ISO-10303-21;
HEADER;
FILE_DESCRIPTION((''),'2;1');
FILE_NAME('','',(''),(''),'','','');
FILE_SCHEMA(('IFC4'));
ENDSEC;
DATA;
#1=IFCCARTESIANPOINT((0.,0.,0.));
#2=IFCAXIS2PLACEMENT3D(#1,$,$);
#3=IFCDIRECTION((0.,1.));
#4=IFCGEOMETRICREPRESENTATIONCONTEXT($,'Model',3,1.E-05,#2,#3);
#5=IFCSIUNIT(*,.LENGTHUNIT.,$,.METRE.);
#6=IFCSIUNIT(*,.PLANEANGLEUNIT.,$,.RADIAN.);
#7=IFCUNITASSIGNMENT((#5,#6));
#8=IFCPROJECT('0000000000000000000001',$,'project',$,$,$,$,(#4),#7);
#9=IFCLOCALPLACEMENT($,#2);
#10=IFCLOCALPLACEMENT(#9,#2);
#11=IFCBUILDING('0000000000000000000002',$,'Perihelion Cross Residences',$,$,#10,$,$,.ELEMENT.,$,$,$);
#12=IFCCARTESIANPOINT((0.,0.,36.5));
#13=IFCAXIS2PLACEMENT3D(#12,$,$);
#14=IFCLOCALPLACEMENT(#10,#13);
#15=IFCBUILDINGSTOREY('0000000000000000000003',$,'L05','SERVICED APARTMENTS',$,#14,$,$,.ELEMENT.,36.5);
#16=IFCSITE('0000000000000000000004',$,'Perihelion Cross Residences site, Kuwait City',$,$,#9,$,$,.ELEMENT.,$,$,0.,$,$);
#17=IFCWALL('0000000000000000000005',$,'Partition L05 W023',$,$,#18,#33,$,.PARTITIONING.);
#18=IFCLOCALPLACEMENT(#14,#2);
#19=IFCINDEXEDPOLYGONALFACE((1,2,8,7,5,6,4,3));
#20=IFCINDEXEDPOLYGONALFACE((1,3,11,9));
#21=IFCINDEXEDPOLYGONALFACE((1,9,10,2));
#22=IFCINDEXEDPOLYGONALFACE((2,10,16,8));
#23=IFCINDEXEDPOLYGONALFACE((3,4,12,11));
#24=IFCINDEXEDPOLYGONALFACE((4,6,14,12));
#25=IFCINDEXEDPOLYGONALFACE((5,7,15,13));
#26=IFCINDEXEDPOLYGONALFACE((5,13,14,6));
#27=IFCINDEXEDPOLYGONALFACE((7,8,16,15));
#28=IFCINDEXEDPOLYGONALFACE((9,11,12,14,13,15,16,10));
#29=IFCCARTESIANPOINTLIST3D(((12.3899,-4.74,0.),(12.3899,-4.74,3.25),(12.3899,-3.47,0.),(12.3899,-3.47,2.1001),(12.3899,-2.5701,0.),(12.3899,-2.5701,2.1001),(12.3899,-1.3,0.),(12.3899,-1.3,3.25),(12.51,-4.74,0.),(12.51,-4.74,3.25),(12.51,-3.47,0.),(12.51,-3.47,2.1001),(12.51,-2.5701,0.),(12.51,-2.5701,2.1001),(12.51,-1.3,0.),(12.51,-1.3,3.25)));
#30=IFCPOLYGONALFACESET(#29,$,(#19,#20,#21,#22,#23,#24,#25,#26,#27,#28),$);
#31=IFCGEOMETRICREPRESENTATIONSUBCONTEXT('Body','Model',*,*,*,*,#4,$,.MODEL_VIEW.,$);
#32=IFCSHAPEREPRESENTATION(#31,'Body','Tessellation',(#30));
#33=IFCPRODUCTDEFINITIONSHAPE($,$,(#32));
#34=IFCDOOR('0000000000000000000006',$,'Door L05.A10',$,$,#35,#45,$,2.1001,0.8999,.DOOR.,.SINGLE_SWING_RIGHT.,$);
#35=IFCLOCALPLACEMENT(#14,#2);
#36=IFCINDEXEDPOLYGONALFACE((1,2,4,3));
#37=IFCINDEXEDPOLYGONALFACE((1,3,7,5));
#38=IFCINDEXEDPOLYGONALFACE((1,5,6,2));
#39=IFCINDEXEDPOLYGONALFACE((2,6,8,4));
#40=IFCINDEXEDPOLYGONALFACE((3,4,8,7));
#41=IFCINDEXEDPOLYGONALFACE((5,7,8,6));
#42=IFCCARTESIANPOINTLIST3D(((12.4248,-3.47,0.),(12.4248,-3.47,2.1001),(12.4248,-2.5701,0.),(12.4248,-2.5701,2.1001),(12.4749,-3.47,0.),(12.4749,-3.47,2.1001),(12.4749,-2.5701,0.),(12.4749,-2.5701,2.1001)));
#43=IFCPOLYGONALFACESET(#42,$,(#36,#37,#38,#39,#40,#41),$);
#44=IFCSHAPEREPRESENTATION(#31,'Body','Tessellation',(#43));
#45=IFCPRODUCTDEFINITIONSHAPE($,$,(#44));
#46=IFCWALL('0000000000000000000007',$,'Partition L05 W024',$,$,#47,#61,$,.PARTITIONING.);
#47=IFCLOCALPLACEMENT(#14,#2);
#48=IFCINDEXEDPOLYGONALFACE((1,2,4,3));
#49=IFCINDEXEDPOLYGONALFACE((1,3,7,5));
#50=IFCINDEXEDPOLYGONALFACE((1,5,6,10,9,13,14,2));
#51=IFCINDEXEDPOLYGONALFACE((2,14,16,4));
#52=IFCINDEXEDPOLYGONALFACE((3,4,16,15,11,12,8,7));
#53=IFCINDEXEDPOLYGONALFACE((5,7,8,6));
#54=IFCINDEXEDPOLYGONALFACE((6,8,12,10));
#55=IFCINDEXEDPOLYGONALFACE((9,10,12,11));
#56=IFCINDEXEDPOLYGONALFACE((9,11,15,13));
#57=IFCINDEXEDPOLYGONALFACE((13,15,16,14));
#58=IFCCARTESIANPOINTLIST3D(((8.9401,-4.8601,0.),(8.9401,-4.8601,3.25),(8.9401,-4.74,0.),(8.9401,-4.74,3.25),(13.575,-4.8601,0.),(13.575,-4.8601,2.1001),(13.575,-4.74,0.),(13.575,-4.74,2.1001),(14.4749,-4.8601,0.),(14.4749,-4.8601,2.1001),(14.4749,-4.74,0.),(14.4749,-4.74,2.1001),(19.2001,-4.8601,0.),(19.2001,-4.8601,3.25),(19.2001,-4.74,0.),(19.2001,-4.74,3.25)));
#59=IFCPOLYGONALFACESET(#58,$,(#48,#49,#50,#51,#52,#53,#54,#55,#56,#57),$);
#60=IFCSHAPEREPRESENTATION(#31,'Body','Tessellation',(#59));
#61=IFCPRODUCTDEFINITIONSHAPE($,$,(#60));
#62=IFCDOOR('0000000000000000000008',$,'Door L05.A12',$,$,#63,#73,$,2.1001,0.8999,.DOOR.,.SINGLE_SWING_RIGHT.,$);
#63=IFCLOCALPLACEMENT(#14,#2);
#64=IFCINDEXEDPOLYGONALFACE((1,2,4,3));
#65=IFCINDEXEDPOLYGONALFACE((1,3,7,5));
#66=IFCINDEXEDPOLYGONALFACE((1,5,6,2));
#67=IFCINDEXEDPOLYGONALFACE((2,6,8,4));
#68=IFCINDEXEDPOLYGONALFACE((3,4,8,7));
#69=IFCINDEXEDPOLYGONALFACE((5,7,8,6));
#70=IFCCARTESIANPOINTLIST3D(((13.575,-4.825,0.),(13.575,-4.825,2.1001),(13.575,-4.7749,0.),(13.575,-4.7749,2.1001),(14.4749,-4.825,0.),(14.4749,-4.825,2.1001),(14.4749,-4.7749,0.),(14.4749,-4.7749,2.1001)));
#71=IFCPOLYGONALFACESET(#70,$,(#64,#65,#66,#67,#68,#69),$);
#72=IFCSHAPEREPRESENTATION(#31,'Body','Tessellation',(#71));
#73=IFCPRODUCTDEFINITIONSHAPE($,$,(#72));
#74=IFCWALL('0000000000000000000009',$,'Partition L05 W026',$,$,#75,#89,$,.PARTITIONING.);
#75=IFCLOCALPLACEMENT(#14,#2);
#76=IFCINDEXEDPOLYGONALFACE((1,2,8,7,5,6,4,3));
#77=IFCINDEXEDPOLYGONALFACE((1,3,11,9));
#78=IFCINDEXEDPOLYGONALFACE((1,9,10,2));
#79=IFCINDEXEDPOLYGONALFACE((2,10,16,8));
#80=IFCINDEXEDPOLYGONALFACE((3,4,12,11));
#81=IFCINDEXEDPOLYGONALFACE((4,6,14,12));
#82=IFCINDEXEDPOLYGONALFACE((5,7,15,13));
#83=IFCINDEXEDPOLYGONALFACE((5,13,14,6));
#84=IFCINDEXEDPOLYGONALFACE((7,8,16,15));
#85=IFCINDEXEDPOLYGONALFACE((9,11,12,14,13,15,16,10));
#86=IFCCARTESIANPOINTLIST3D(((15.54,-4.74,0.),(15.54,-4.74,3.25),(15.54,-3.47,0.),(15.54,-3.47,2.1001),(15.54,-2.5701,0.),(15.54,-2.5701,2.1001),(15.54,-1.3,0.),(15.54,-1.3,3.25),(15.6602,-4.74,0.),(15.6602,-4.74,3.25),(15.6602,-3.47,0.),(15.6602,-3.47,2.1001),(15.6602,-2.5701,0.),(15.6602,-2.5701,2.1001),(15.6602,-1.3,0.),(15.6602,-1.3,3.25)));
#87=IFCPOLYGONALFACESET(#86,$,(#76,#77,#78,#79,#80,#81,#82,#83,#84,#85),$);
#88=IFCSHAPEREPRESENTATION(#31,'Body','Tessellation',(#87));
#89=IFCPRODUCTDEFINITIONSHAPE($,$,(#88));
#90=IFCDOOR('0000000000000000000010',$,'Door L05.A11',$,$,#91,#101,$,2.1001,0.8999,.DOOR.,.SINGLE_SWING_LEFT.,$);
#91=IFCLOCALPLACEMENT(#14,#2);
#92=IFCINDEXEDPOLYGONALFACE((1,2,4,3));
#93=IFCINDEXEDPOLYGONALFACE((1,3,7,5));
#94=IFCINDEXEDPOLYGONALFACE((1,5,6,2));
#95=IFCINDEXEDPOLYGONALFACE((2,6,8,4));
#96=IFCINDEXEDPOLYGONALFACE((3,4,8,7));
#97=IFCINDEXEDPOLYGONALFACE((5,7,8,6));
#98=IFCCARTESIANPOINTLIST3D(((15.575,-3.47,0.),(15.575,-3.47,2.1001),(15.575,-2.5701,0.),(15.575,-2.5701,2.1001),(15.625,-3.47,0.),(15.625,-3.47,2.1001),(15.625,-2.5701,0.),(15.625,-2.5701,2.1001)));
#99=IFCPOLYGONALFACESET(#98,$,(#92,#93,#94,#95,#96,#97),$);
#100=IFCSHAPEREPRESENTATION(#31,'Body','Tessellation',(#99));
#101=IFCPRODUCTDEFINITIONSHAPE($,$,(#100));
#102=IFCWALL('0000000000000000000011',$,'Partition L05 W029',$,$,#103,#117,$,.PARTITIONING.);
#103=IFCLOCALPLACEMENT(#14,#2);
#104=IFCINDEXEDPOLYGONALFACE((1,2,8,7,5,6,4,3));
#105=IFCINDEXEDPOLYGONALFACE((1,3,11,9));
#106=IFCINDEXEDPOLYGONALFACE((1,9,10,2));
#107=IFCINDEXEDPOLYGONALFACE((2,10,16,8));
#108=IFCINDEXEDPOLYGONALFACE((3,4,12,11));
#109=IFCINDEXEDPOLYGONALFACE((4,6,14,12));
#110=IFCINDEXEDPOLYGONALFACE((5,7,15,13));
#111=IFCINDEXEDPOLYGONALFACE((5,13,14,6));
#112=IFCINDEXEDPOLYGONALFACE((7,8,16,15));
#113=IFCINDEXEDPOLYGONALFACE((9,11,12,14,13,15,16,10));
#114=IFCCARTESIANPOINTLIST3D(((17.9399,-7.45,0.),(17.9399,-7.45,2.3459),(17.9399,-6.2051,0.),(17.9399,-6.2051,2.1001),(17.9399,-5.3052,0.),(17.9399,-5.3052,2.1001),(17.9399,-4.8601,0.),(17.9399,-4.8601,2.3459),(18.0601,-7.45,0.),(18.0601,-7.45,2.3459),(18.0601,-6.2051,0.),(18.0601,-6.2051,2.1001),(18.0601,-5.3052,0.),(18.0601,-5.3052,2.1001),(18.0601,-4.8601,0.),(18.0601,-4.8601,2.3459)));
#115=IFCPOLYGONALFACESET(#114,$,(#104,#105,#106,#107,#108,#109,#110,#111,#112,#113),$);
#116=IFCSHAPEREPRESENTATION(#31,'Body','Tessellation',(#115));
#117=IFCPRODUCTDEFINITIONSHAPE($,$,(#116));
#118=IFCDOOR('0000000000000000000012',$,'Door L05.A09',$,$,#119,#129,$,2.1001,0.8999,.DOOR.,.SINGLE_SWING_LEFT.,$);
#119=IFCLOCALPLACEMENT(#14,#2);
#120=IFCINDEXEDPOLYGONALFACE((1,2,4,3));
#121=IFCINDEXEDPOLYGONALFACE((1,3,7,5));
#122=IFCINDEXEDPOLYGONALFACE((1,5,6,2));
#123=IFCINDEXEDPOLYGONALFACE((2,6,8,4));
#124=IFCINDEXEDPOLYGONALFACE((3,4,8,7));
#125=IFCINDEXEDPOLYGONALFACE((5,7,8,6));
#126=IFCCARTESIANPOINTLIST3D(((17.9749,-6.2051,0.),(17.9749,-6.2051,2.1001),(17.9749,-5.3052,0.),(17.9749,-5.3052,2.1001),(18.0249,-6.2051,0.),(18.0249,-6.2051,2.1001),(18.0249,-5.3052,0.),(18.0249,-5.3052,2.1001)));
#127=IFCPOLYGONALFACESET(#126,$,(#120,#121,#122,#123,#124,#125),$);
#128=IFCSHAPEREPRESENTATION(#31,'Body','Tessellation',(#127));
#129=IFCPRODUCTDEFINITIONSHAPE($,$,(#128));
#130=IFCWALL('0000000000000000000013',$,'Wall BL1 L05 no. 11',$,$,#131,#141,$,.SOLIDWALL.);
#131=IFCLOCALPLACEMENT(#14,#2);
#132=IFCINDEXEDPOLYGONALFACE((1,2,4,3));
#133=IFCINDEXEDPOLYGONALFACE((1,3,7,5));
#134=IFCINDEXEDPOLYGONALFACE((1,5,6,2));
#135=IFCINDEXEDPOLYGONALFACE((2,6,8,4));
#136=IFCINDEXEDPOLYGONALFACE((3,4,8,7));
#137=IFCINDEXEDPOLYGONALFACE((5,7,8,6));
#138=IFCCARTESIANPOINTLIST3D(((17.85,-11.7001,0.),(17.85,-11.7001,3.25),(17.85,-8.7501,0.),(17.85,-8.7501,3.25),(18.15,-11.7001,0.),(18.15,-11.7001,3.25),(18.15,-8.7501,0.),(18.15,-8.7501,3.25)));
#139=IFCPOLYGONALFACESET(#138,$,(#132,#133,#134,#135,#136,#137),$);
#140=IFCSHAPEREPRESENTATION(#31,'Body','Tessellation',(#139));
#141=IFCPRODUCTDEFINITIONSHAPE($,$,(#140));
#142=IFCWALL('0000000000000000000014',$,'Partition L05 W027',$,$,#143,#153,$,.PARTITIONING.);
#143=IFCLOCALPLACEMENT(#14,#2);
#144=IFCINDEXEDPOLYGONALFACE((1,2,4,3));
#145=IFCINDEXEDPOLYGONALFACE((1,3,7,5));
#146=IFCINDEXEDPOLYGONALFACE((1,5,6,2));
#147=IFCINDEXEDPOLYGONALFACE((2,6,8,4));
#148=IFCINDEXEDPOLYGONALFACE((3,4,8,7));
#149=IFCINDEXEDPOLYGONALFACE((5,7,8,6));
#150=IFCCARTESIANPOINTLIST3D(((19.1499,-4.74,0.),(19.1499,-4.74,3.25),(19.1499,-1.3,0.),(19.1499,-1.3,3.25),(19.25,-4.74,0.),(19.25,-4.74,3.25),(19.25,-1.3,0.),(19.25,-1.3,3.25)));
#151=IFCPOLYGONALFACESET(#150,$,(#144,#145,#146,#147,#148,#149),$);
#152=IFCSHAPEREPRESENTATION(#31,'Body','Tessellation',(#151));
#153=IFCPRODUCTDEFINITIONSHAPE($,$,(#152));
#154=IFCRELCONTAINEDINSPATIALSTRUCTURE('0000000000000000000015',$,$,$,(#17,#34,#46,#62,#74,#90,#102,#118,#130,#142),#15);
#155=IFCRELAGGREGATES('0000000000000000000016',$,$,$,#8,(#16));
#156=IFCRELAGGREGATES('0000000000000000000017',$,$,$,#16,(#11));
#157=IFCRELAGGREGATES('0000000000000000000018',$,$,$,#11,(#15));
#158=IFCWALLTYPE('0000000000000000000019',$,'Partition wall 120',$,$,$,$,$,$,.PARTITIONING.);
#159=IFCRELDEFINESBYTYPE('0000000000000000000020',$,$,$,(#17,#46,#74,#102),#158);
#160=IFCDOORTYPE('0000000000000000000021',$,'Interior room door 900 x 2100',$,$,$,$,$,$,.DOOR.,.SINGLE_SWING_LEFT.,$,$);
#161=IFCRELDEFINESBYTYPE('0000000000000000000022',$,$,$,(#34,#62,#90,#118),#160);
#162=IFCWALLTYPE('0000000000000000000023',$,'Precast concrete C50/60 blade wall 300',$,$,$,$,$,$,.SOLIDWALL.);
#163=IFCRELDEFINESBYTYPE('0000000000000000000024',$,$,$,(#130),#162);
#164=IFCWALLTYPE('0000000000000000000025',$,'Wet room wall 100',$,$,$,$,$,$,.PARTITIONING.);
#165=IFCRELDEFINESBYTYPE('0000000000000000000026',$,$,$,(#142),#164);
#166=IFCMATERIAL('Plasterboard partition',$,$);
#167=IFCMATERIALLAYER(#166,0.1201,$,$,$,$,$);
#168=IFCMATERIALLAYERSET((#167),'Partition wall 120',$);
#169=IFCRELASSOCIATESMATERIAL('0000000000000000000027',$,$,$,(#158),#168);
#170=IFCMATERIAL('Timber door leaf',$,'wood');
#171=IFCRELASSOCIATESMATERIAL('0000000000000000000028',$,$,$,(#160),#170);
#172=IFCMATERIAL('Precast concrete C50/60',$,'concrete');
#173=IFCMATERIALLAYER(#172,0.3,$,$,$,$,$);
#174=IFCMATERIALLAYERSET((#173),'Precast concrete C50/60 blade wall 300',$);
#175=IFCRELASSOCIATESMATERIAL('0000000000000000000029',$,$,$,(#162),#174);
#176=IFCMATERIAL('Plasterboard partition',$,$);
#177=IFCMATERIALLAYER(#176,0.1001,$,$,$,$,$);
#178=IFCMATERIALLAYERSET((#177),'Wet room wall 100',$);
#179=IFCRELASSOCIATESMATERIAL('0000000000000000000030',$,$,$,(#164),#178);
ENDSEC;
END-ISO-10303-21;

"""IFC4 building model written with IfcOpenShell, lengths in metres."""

from ifc_helpers import new_model, si_unit, direction, frame, frame_2d, origin, place, context, subcontext, project, spatial, rectangle, extrude, material, layer, layer_set, type_object, element, fill, save


model = new_model("IFC4")

# Units and contexts
model_context = context("Model", 3, precision=1e-05, world=origin(), true_north=direction((0.0, 1.0)))
body_context = subcontext(model_context, "Body", "Model", "MODEL_VIEW")
ifc_project = project(units=[si_unit("LENGTHUNIT", "METRE"), si_unit("PLANEANGLEUNIT", "RADIAN")], contexts=[model_context])

# Site, building, storey
site_placement = place(None, origin())
site = spatial("IfcSite", under=ifc_project, at=site_placement, Name="Perihelion Cross Residences site, Kuwait City", CompositionType="ELEMENT", RefElevation=0.0)
building_placement = place(site_placement, origin())
building = spatial("IfcBuilding", under=site, at=building_placement, Name="Perihelion Cross Residences", CompositionType="ELEMENT")
storey_placement = place(building_placement, frame((0.0, 0.0, 36.5)))
storey = spatial("IfcBuildingStorey", under=building, at=storey_placement, Name="L05", Description="SERVICED APARTMENTS", CompositionType="ELEMENT", Elevation=36.5)

# Walls, openings, doors
ifc_material_1 = material(Name="Plasterboard partition")
ifc_layer_1 = layer(ifc_material_1, 0.1201)
ifc_layer_set_1 = layer_set([ifc_layer_1], Name="Partition wall 120")
wall_type_1 = type_object("IfcWallType", Name="Partition wall 120", PredefinedType="PARTITIONING", material=ifc_layer_set_1)
wall_1_placement = place(storey_placement, frame((12.45, -1.3, 0.0), z_axis=(0.0, 0.0, 1.0), x_axis=(0.0, -1.0, 0.0)))
wall_1 = element("IfcWall", 1, at=wall_1_placement, inside=storey, type_object=wall_type_1, Name="Partition L05 W023", PredefinedType="PARTITIONING", context=body_context, shape_type="SweptSolid", body=[
    extrude(rectangle(XDim=3.4399, YDim=0.1201, at=frame_2d((1.72, 0.0))), origin(), (0.0, 0.0, 1.0), 3.25),
])
opening_1_placement = place(wall_1_placement, frame((1.27, 0.0, 0.0)))
opening_1 = element("IfcOpeningElement", 2, at=opening_1_placement, cuts=wall_1, PredefinedType="OPENING", context=body_context, shape_type="SweptSolid", body=[
    extrude(rectangle(XDim=0.8999, YDim=2.1001, at=frame_2d((0.45, 1.05))), frame((0.0, 0.0701, 0.0), z_axis=(0.0, -1.0, 0.0), x_axis=(1.0, 0.0, 0.0)), (0.0, 0.0, 1.0), 0.1401),
])
ifc_material_2 = material(Name="Timber door leaf", Category="wood")
door_type_1 = type_object("IfcDoorType", Name="Interior room door 900 x 2100", OperationType="SINGLE_SWING_LEFT", PredefinedType="DOOR", material=ifc_material_2)
door_1_placement = place(opening_1_placement, origin())
door_1 = element("IfcDoor", 3, at=door_1_placement, inside=storey, type_object=door_type_1, Name="Door L05.A10", OperationType="SINGLE_SWING_RIGHT", OverallHeight=2.1001, OverallWidth=0.8999, PredefinedType="DOOR", context=body_context, shape_type="SweptSolid", body=[
    extrude(rectangle(XDim=0.8999, YDim=2.1001, at=frame_2d((0.45, 1.05))), frame((0.0, 0.0249, 0.0), z_axis=(0.0, -1.0, 0.0), x_axis=(1.0, 0.0, 0.0)), (0.0, 0.0, 1.0), 0.05),
])
fill(opening_1, door_1)
wall_2_placement = place(storey_placement, frame((19.2, -4.8, 0.0), z_axis=(0.0, 0.0, 1.0), x_axis=(-1.0, 0.0, 0.0)))
wall_2 = element("IfcWall", 4, at=wall_2_placement, inside=storey, type_object=wall_type_1, Name="Partition L05 W024", PredefinedType="PARTITIONING", context=body_context, shape_type="SweptSolid", body=[
    extrude(rectangle(XDim=10.26, YDim=0.1201, at=frame_2d((5.1299, 0.0))), origin(), (0.0, 0.0, 1.0), 3.25),
])
opening_2_placement = place(wall_2_placement, frame((4.7251, 0.0, 0.0)))
opening_2 = element("IfcOpeningElement", 5, at=opening_2_placement, cuts=wall_2, PredefinedType="OPENING", context=body_context, shape_type="SweptSolid", body=[
    extrude(rectangle(XDim=0.8999, YDim=2.1001, at=frame_2d((0.45, 1.05))), frame((0.0, 0.0701, 0.0), z_axis=(0.0, -1.0, 0.0), x_axis=(1.0, 0.0, 0.0)), (0.0, 0.0, 1.0), 0.1401),
])
door_2_placement = place(opening_2_placement, origin())
door_2 = element("IfcDoor", 6, at=door_2_placement, inside=storey, type_object=door_type_1, Name="Door L05.A12", OperationType="SINGLE_SWING_RIGHT", OverallHeight=2.1001, OverallWidth=0.8999, PredefinedType="DOOR", context=body_context, shape_type="SweptSolid", body=[
    extrude(rectangle(XDim=0.8999, YDim=2.1001, at=frame_2d((0.45, 1.05))), frame((0.0, 0.0249, 0.0), z_axis=(0.0, -1.0, 0.0), x_axis=(1.0, 0.0, 0.0)), (0.0, 0.0, 1.0), 0.05),
])
fill(opening_2, door_2)
wall_3_placement = place(storey_placement, frame((15.6001, -1.3, 0.0), z_axis=(0.0, 0.0, 1.0), x_axis=(0.0, -1.0, 0.0)))
wall_3 = element("IfcWall", 7, at=wall_3_placement, inside=storey, type_object=wall_type_1, Name="Partition L05 W026", PredefinedType="PARTITIONING", context=body_context, shape_type="SweptSolid", body=[
    extrude(rectangle(XDim=3.4399, YDim=0.1201, at=frame_2d((1.72, 0.0))), origin(), (0.0, 0.0, 1.0), 3.25),
])
opening_3_placement = place(wall_3_placement, frame((1.27, 0.0, 0.0)))
opening_3 = element("IfcOpeningElement", 8, at=opening_3_placement, cuts=wall_3, PredefinedType="OPENING", context=body_context, shape_type="SweptSolid", body=[
    extrude(rectangle(XDim=0.8999, YDim=2.1001, at=frame_2d((0.45, 1.05))), frame((0.0, 0.0701, 0.0), z_axis=(0.0, -1.0, 0.0), x_axis=(1.0, 0.0, 0.0)), (0.0, 0.0, 1.0), 0.1401),
])
door_3_placement = place(opening_3_placement, origin())
door_3 = element("IfcDoor", 9, at=door_3_placement, inside=storey, type_object=door_type_1, Name="Door L05.A11", OperationType="SINGLE_SWING_LEFT", OverallHeight=2.1001, OverallWidth=0.8999, PredefinedType="DOOR", context=body_context, shape_type="SweptSolid", body=[
    extrude(rectangle(XDim=0.8999, YDim=2.1001, at=frame_2d((0.45, 1.05))), frame((0.0, 0.0249, 0.0), z_axis=(0.0, -1.0, 0.0), x_axis=(1.0, 0.0, 0.0)), (0.0, 0.0, 1.0), 0.05),
])
fill(opening_3, door_3)
wall_4_placement = place(storey_placement, frame((18.0, -4.8601, 0.0), z_axis=(0.0, 0.0, 1.0), x_axis=(0.0, -1.0, 0.0)))
wall_4 = element("IfcWall", 10, at=wall_4_placement, inside=storey, type_object=wall_type_1, Name="Partition L05 W029", PredefinedType="PARTITIONING", context=body_context, shape_type="SweptSolid", body=[
    extrude(rectangle(XDim=2.5898, YDim=0.1201, at=frame_2d((1.2949, 0.0))), origin(), (0.0, 0.0, 1.0), 2.3459),
])
opening_4_placement = place(wall_4_placement, frame((0.4451, 0.0, 0.0)))
opening_4 = element("IfcOpeningElement", 11, at=opening_4_placement, cuts=wall_4, PredefinedType="OPENING", context=body_context, shape_type="SweptSolid", body=[
    extrude(rectangle(XDim=0.8999, YDim=2.1001, at=frame_2d((0.45, 1.05))), frame((0.0, 0.0701, 0.0), z_axis=(0.0, -1.0, 0.0), x_axis=(1.0, 0.0, 0.0)), (0.0, 0.0, 1.0), 0.1401),
])
door_4_placement = place(opening_4_placement, origin())
door_4 = element("IfcDoor", 12, at=door_4_placement, inside=storey, type_object=door_type_1, Name="Door L05.A09", OperationType="SINGLE_SWING_LEFT", OverallHeight=2.1001, OverallWidth=0.8999, PredefinedType="DOOR", context=body_context, shape_type="SweptSolid", body=[
    extrude(rectangle(XDim=0.8999, YDim=2.1001, at=frame_2d((0.45, 1.05))), frame((0.0, 0.0249, 0.0), z_axis=(0.0, -1.0, 0.0), x_axis=(1.0, 0.0, 0.0)), (0.0, 0.0, 1.0), 0.05),
])
fill(opening_4, door_4)

# Walls
ifc_material_3 = material(Name="Precast concrete C50/60", Category="concrete")
ifc_layer_2 = layer(ifc_material_3, 0.3)
ifc_layer_set_2 = layer_set([ifc_layer_2], Name="Precast concrete C50/60 blade wall 300")
wall_type_2 = type_object("IfcWallType", Name="Precast concrete C50/60 blade wall 300", PredefinedType="SOLIDWALL", material=ifc_layer_set_2)
wall_5_placement = place(storey_placement, frame((18.0, -8.75, 0.0), z_axis=(0.0, 0.0, 1.0), x_axis=(0.0, -1.0, 0.0)))
element("IfcWall", 13, at=wall_5_placement, inside=storey, type_object=wall_type_2, Name="Wall BL1 L05 no. 11", PredefinedType="SOLIDWALL", context=body_context, shape_type="SweptSolid", body=[
    extrude(rectangle(XDim=2.95, YDim=0.3, at=frame_2d((1.4751, 0.0))), origin(), (0.0, 0.0, 1.0), 3.25),
])
ifc_material_4 = material(Name="Plasterboard partition")
ifc_layer_3 = layer(ifc_material_4, 0.1001)
ifc_layer_set_3 = layer_set([ifc_layer_3], Name="Wet room wall 100")
wall_type_3 = type_object("IfcWallType", Name="Wet room wall 100", PredefinedType="PARTITIONING", material=ifc_layer_set_3)
wall_6_placement = place(storey_placement, frame((19.2, -1.3, 0.0), z_axis=(0.0, 0.0, 1.0), x_axis=(0.0, -1.0, 0.0)))
element("IfcWall", 14, at=wall_6_placement, inside=storey, type_object=wall_type_3, Name="Partition L05 W027", PredefinedType="PARTITIONING", context=body_context, shape_type="SweptSolid", body=[
    extrude(rectangle(XDim=3.4399, YDim=0.1001, at=frame_2d((1.72, 0.0))), origin(), (0.0, 0.0, 1.0), 3.25),
])

save(model, "model.ifc")
